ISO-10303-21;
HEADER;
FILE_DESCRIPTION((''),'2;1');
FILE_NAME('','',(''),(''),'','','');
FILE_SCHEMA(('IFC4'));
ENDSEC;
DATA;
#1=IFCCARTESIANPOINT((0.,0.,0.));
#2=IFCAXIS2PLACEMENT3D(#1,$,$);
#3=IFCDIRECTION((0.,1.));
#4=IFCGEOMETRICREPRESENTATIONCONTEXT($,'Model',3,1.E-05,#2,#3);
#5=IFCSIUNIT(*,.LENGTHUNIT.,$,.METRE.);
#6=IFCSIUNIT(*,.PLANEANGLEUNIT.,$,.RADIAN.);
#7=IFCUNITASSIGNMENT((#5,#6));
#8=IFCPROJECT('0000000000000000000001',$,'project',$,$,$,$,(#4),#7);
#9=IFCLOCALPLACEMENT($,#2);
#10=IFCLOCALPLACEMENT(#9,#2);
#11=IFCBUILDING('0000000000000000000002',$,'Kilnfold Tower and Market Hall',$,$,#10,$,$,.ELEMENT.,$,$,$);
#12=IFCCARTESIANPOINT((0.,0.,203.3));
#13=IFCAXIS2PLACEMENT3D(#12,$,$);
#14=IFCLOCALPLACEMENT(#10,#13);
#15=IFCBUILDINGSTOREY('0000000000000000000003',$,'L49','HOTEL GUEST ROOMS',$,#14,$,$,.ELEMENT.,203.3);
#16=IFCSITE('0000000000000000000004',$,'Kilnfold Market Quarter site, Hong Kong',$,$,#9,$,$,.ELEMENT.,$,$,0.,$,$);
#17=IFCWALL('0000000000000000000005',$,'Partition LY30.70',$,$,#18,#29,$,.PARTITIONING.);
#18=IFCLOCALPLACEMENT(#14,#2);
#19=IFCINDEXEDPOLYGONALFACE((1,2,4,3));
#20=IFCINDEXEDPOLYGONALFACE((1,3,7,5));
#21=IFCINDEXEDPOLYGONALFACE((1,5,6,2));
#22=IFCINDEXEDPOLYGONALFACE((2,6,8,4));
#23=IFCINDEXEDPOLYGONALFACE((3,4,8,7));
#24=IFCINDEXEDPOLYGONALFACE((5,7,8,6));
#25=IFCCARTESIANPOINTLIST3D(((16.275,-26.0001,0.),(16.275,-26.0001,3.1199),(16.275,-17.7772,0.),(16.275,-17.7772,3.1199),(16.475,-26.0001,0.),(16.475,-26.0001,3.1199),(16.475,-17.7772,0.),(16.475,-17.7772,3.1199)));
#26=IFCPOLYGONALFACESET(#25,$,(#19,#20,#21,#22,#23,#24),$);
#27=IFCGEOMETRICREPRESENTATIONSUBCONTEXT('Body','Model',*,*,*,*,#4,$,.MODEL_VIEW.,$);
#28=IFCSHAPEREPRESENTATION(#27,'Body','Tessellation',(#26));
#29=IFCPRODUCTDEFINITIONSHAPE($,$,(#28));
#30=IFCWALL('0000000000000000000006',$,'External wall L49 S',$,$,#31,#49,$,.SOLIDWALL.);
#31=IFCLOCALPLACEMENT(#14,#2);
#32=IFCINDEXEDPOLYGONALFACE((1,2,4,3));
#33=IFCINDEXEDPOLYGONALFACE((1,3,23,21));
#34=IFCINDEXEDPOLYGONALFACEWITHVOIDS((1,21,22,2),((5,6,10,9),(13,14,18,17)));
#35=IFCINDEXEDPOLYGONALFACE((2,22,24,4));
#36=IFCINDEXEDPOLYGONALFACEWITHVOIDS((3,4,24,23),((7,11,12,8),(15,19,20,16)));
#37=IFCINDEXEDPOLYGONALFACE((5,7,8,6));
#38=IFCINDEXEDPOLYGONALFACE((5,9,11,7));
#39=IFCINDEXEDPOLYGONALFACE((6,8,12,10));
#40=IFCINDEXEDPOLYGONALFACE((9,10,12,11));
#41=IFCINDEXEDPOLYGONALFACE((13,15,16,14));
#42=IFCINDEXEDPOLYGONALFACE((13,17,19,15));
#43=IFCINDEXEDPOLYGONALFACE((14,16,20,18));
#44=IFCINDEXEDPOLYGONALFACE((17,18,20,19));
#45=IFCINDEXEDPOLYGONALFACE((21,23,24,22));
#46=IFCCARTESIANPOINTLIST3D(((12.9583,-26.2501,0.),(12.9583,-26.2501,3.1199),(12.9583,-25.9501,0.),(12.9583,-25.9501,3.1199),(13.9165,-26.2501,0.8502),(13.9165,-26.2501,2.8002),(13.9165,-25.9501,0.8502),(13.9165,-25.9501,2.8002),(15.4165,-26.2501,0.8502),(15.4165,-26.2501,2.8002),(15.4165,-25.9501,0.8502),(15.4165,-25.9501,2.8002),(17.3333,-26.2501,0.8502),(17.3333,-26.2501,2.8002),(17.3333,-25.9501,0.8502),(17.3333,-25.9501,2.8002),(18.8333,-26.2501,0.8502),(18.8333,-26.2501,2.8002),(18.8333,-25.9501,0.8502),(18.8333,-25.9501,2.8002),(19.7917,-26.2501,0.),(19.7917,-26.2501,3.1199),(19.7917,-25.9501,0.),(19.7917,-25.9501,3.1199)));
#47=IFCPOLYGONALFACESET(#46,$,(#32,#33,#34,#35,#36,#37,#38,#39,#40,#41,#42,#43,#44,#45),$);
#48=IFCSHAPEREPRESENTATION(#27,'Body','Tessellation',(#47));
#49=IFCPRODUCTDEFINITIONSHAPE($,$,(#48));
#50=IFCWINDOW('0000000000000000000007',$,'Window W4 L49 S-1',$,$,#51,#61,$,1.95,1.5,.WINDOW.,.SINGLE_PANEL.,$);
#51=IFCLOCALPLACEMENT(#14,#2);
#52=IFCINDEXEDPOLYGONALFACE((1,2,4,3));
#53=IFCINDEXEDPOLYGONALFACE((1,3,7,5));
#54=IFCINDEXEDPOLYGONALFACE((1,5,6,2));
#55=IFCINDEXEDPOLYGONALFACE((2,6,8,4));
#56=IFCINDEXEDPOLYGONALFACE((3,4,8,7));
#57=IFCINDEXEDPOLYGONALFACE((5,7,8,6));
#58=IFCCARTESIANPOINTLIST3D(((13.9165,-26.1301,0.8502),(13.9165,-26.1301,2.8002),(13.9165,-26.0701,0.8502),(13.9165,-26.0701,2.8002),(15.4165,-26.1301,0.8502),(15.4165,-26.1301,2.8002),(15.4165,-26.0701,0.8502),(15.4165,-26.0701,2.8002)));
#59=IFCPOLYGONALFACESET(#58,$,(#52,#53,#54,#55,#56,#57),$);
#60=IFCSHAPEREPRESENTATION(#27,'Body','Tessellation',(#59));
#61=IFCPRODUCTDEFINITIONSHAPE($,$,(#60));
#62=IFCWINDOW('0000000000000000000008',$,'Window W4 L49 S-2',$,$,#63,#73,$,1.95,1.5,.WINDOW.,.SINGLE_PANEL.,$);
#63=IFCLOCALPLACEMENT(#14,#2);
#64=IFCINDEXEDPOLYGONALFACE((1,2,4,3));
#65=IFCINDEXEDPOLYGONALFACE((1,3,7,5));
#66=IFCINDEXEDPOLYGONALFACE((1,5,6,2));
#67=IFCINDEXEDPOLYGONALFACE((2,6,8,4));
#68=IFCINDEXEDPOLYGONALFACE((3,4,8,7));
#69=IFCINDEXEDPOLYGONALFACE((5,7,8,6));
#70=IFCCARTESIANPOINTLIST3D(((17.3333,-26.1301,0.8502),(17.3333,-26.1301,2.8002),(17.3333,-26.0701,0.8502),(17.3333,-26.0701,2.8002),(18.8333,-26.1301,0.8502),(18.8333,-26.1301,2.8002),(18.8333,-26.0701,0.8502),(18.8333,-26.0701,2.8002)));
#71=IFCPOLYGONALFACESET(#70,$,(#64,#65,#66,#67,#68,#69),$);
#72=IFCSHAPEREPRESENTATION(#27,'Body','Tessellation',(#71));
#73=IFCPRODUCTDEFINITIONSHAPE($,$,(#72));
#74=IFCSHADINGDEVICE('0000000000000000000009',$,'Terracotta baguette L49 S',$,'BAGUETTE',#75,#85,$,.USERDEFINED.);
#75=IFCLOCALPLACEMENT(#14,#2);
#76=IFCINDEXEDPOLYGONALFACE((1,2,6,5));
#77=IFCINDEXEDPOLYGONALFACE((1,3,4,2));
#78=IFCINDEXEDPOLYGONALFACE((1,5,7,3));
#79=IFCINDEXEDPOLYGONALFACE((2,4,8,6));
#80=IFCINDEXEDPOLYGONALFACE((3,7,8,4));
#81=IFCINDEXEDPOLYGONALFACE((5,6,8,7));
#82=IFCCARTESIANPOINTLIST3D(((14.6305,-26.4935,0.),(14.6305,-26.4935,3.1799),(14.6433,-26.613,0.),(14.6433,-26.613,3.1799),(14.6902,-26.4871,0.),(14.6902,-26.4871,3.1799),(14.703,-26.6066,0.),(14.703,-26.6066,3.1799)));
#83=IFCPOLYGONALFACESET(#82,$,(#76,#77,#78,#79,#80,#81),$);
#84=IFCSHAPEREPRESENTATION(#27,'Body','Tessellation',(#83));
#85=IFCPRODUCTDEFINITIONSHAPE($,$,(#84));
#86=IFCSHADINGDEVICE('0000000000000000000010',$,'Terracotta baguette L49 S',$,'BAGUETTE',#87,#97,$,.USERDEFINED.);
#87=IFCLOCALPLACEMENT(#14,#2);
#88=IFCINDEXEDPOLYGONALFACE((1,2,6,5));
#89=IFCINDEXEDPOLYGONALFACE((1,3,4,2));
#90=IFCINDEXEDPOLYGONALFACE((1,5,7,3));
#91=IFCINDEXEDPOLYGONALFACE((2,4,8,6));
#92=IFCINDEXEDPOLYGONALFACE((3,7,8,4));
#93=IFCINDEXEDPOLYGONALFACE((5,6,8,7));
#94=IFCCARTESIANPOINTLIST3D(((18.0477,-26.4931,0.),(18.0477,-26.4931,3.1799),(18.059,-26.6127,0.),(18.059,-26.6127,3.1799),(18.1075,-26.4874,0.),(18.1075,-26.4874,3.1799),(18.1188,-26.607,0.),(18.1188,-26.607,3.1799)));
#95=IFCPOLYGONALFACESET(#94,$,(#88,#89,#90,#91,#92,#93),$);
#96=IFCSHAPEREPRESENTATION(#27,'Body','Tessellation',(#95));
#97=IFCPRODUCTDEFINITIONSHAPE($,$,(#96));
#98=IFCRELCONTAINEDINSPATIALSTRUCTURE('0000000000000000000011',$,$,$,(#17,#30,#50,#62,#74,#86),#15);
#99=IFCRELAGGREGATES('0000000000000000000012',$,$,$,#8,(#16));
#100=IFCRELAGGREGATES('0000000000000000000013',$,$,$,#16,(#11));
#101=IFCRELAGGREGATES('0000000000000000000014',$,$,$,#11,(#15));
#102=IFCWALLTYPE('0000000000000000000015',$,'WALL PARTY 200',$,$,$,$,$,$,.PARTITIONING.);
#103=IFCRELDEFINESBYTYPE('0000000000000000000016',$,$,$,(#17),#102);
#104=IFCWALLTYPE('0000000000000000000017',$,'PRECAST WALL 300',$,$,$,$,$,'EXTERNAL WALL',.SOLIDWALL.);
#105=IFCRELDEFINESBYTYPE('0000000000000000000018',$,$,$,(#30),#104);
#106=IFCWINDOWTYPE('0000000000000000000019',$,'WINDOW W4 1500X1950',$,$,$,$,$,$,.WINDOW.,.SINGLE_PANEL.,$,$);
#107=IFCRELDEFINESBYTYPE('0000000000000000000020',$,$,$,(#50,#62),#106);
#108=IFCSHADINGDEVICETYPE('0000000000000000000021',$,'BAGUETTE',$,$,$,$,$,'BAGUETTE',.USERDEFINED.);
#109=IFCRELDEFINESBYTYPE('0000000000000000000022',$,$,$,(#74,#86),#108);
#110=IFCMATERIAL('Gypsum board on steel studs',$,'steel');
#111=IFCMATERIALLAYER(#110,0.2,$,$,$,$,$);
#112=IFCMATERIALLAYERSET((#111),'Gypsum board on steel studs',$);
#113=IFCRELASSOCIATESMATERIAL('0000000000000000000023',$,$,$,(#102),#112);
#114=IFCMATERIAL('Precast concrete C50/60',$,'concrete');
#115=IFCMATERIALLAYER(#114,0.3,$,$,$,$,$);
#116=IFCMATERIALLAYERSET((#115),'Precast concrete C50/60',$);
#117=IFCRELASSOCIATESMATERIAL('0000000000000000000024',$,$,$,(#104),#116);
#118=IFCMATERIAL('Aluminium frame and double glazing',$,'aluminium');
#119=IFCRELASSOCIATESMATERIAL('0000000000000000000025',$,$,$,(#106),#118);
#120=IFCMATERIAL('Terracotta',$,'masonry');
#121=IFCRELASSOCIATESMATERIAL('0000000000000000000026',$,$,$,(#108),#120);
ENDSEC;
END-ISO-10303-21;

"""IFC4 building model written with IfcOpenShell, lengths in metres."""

from ifc_helpers import new_model, si_unit, direction, frame, frame_2d, origin, origin_2d, place, context, subcontext, project, spatial, rectangle, extrude, source, transform, mapped, material, layer, layer_set, material_profile, profile_set, type_object, element, fill, save


model = new_model("IFC4")

# Units and contexts
model_context = context("Model", 3, precision=1e-05, world=origin(), true_north=direction((0.0, 1.0)))
body_context = subcontext(model_context, "Body", "Model", "MODEL_VIEW")
ifc_project = project(units=[si_unit("LENGTHUNIT", "METRE"), si_unit("PLANEANGLEUNIT", "RADIAN")], contexts=[model_context])

# Site, building, storey
site_placement = place(None, origin())
site = spatial("IfcSite", under=ifc_project, at=site_placement, Name="Kilnfold Market Quarter site, Hong Kong", CompositionType="ELEMENT", RefElevation=0.0)
building_placement = place(site_placement, origin())
building = spatial("IfcBuilding", under=site, at=building_placement, Name="Kilnfold Tower and Market Hall", CompositionType="ELEMENT")
storey_placement = place(building_placement, frame((0.0, 0.0, 203.3)))
storey = spatial("IfcBuildingStorey", under=building, at=storey_placement, Name="L49", Description="HOTEL GUEST ROOMS", CompositionType="ELEMENT", Elevation=203.3)

# Wall
ifc_material_1 = material(Name="Gypsum board on steel studs", Category="steel")
ifc_layer_1 = layer(ifc_material_1, 0.2)
ifc_layer_set_1 = layer_set([ifc_layer_1], Name="Gypsum board on steel studs")
wall_type_1 = type_object("IfcWallType", Name="WALL PARTY 200", PredefinedType="PARTITIONING", material=ifc_layer_set_1)
wall_1_placement = place(storey_placement, frame((16.375, -26.0, 0.0), z_axis=(0.0, 0.0, 1.0), x_axis=(0.0, 1.0, 0.0)))
element("IfcWall", 1, at=wall_1_placement, inside=storey, type_object=wall_type_1, Name="Partition LY30.70", PredefinedType="PARTITIONING", context=body_context, shape_type="SweptSolid", body=[
    extrude(rectangle(XDim=8.2229, YDim=0.2, at=frame_2d((4.1113, 0.0))), origin(), (0.0, 0.0, 1.0), 3.1199),
])

# Wall, openings, windows
ifc_material_2 = material(Name="Precast concrete C50/60", Category="concrete")
ifc_layer_2 = layer(ifc_material_2, 0.3)
ifc_layer_set_2 = layer_set([ifc_layer_2], Name="Precast concrete C50/60")
wall_type_2 = type_object("IfcWallType", Name="PRECAST WALL 300", ElementType="EXTERNAL WALL", PredefinedType="SOLIDWALL", material=ifc_layer_set_2)
shared_shape_1 = source(origin(), body_context, "Body", "SweptSolid", [
    extrude(rectangle(XDim=6.8335, YDim=0.3, at=frame_2d((3.4167, 0.0))), origin(), (0.0, 0.0, 1.0), 3.1199),
])
wall_2_placement = place(storey_placement, frame((12.9583, -26.1001, 0.0), z_axis=(0.0, 0.0, 1.0), x_axis=(1.0, 0.0, 0.0)))
wall_2 = element("IfcWall", 2, at=wall_2_placement, inside=storey, type_object=wall_type_2, Name="External wall L49 S", PredefinedType="SOLIDWALL", context=body_context, shape_type="MappedRepresentation", body=[
    mapped(shared_shape_1, transform((0.0, 0.0, 0.0))),
])
opening_1_placement = place(wall_2_placement, frame((0.9583, 0.0, 0.8501)))
opening_1 = element("IfcOpeningElement", 3, at=opening_1_placement, cuts=wall_2, PredefinedType="OPENING", context=body_context, shape_type="SweptSolid", body=[
    extrude(rectangle(XDim=1.5, YDim=1.95, at=frame_2d((0.75, 0.9751))), frame((0.0, 0.1602, 0.0), z_axis=(0.0, -1.0, 0.0), x_axis=(1.0, 0.0, 0.0)), (0.0, 0.0, 1.0), 0.3201),
])
opening_2_placement = place(wall_2_placement, frame((4.375, 0.0, 0.8501)))
opening_2 = element("IfcOpeningElement", 4, at=opening_2_placement, cuts=wall_2, PredefinedType="OPENING", context=body_context, shape_type="SweptSolid", body=[
    extrude(rectangle(XDim=1.5, YDim=1.95, at=frame_2d((0.75, 0.9751))), frame((0.0, 0.1602, 0.0), z_axis=(0.0, -1.0, 0.0), x_axis=(1.0, 0.0, 0.0)), (0.0, 0.0, 1.0), 0.3201),
])
ifc_material_3 = material(Name="Aluminium frame and double glazing", Category="aluminium")
window_type = type_object("IfcWindowType", Name="WINDOW W4 1500X1950", PartitioningType="SINGLE_PANEL", PredefinedType="WINDOW", material=ifc_material_3)
window_1_placement = place(opening_1_placement, origin())
window_1 = element("IfcWindow", 5, at=window_1_placement, inside=storey, type_object=window_type, Name="Window W4 L49 S-1", OverallHeight=1.95, OverallWidth=1.5, PartitioningType="SINGLE_PANEL", PredefinedType="WINDOW", context=body_context, shape_type="SweptSolid", body=[
    extrude(rectangle(XDim=1.5, YDim=1.95, at=frame_2d((0.75, 0.9751))), frame((0.0, 0.03, 0.0), z_axis=(0.0, -1.0, 0.0), x_axis=(1.0, 0.0, 0.0)), (0.0, 0.0, 1.0), 0.0601),
])
fill(opening_1, window_1)
window_2_placement = place(opening_2_placement, origin())
window_2 = element("IfcWindow", 6, at=window_2_placement, inside=storey, type_object=window_type, Name="Window W4 L49 S-2", OverallHeight=1.95, OverallWidth=1.5, PartitioningType="SINGLE_PANEL", PredefinedType="WINDOW", context=body_context, shape_type="SweptSolid", body=[
    extrude(rectangle(XDim=1.5, YDim=1.95, at=frame_2d((0.75, 0.9751))), frame((0.0, 0.03, 0.0), z_axis=(0.0, -1.0, 0.0), x_axis=(1.0, 0.0, 0.0)), (0.0, 0.0, 1.0), 0.0601),
])
fill(opening_2, window_2)

# Shading devices
ifc_material_4 = material(Name="Terracotta", Category="masonry")
ifc_material_profile_1 = material_profile(ifc_material_4, rectangle(XDim=0.0601, YDim=0.1201, at=origin_2d()), Name="BAG 60x120")
ifc_profile_set_1 = profile_set([ifc_material_profile_1], Name="Terracotta")
shading_device_type = type_object("IfcShadingDeviceType", Name="BAGUETTE", ElementType="BAGUETTE", PredefinedType="USERDEFINED", material=ifc_profile_set_1)
shared_shape_2 = source(origin(), body_context, "Body", "SweptSolid", [
    extrude(rectangle(XDim=0.0601, YDim=0.1201, at=origin_2d()), origin(), (0.0, 0.0, 1.0), 3.1799),
])
for number, where, z_axis, x_axis, name in (
    (7, (14.6667, -26.55, 0.0), (0.0, 0.0, 1.0), (0.99431, 0.106524, 0.0), "Terracotta baguette L49 S"),
    (8, (18.0833, -26.55, 0.0), (0.0, 0.0, 1.0), (0.99559, 0.093816, 0.0), "Terracotta baguette L49 S"),
):
    element("IfcShadingDevice", number, at=place(storey_placement, frame(where, z_axis=z_axis, x_axis=x_axis)), inside=storey, type_object=shading_device_type, Name=name, ObjectType="BAGUETTE", PredefinedType="USERDEFINED", context=body_context, shape_type="MappedRepresentation", body=[
        mapped(shared_shape_2, transform((0.0, 0.0, 0.0))),
    ])

save(model, "model.ifc")
